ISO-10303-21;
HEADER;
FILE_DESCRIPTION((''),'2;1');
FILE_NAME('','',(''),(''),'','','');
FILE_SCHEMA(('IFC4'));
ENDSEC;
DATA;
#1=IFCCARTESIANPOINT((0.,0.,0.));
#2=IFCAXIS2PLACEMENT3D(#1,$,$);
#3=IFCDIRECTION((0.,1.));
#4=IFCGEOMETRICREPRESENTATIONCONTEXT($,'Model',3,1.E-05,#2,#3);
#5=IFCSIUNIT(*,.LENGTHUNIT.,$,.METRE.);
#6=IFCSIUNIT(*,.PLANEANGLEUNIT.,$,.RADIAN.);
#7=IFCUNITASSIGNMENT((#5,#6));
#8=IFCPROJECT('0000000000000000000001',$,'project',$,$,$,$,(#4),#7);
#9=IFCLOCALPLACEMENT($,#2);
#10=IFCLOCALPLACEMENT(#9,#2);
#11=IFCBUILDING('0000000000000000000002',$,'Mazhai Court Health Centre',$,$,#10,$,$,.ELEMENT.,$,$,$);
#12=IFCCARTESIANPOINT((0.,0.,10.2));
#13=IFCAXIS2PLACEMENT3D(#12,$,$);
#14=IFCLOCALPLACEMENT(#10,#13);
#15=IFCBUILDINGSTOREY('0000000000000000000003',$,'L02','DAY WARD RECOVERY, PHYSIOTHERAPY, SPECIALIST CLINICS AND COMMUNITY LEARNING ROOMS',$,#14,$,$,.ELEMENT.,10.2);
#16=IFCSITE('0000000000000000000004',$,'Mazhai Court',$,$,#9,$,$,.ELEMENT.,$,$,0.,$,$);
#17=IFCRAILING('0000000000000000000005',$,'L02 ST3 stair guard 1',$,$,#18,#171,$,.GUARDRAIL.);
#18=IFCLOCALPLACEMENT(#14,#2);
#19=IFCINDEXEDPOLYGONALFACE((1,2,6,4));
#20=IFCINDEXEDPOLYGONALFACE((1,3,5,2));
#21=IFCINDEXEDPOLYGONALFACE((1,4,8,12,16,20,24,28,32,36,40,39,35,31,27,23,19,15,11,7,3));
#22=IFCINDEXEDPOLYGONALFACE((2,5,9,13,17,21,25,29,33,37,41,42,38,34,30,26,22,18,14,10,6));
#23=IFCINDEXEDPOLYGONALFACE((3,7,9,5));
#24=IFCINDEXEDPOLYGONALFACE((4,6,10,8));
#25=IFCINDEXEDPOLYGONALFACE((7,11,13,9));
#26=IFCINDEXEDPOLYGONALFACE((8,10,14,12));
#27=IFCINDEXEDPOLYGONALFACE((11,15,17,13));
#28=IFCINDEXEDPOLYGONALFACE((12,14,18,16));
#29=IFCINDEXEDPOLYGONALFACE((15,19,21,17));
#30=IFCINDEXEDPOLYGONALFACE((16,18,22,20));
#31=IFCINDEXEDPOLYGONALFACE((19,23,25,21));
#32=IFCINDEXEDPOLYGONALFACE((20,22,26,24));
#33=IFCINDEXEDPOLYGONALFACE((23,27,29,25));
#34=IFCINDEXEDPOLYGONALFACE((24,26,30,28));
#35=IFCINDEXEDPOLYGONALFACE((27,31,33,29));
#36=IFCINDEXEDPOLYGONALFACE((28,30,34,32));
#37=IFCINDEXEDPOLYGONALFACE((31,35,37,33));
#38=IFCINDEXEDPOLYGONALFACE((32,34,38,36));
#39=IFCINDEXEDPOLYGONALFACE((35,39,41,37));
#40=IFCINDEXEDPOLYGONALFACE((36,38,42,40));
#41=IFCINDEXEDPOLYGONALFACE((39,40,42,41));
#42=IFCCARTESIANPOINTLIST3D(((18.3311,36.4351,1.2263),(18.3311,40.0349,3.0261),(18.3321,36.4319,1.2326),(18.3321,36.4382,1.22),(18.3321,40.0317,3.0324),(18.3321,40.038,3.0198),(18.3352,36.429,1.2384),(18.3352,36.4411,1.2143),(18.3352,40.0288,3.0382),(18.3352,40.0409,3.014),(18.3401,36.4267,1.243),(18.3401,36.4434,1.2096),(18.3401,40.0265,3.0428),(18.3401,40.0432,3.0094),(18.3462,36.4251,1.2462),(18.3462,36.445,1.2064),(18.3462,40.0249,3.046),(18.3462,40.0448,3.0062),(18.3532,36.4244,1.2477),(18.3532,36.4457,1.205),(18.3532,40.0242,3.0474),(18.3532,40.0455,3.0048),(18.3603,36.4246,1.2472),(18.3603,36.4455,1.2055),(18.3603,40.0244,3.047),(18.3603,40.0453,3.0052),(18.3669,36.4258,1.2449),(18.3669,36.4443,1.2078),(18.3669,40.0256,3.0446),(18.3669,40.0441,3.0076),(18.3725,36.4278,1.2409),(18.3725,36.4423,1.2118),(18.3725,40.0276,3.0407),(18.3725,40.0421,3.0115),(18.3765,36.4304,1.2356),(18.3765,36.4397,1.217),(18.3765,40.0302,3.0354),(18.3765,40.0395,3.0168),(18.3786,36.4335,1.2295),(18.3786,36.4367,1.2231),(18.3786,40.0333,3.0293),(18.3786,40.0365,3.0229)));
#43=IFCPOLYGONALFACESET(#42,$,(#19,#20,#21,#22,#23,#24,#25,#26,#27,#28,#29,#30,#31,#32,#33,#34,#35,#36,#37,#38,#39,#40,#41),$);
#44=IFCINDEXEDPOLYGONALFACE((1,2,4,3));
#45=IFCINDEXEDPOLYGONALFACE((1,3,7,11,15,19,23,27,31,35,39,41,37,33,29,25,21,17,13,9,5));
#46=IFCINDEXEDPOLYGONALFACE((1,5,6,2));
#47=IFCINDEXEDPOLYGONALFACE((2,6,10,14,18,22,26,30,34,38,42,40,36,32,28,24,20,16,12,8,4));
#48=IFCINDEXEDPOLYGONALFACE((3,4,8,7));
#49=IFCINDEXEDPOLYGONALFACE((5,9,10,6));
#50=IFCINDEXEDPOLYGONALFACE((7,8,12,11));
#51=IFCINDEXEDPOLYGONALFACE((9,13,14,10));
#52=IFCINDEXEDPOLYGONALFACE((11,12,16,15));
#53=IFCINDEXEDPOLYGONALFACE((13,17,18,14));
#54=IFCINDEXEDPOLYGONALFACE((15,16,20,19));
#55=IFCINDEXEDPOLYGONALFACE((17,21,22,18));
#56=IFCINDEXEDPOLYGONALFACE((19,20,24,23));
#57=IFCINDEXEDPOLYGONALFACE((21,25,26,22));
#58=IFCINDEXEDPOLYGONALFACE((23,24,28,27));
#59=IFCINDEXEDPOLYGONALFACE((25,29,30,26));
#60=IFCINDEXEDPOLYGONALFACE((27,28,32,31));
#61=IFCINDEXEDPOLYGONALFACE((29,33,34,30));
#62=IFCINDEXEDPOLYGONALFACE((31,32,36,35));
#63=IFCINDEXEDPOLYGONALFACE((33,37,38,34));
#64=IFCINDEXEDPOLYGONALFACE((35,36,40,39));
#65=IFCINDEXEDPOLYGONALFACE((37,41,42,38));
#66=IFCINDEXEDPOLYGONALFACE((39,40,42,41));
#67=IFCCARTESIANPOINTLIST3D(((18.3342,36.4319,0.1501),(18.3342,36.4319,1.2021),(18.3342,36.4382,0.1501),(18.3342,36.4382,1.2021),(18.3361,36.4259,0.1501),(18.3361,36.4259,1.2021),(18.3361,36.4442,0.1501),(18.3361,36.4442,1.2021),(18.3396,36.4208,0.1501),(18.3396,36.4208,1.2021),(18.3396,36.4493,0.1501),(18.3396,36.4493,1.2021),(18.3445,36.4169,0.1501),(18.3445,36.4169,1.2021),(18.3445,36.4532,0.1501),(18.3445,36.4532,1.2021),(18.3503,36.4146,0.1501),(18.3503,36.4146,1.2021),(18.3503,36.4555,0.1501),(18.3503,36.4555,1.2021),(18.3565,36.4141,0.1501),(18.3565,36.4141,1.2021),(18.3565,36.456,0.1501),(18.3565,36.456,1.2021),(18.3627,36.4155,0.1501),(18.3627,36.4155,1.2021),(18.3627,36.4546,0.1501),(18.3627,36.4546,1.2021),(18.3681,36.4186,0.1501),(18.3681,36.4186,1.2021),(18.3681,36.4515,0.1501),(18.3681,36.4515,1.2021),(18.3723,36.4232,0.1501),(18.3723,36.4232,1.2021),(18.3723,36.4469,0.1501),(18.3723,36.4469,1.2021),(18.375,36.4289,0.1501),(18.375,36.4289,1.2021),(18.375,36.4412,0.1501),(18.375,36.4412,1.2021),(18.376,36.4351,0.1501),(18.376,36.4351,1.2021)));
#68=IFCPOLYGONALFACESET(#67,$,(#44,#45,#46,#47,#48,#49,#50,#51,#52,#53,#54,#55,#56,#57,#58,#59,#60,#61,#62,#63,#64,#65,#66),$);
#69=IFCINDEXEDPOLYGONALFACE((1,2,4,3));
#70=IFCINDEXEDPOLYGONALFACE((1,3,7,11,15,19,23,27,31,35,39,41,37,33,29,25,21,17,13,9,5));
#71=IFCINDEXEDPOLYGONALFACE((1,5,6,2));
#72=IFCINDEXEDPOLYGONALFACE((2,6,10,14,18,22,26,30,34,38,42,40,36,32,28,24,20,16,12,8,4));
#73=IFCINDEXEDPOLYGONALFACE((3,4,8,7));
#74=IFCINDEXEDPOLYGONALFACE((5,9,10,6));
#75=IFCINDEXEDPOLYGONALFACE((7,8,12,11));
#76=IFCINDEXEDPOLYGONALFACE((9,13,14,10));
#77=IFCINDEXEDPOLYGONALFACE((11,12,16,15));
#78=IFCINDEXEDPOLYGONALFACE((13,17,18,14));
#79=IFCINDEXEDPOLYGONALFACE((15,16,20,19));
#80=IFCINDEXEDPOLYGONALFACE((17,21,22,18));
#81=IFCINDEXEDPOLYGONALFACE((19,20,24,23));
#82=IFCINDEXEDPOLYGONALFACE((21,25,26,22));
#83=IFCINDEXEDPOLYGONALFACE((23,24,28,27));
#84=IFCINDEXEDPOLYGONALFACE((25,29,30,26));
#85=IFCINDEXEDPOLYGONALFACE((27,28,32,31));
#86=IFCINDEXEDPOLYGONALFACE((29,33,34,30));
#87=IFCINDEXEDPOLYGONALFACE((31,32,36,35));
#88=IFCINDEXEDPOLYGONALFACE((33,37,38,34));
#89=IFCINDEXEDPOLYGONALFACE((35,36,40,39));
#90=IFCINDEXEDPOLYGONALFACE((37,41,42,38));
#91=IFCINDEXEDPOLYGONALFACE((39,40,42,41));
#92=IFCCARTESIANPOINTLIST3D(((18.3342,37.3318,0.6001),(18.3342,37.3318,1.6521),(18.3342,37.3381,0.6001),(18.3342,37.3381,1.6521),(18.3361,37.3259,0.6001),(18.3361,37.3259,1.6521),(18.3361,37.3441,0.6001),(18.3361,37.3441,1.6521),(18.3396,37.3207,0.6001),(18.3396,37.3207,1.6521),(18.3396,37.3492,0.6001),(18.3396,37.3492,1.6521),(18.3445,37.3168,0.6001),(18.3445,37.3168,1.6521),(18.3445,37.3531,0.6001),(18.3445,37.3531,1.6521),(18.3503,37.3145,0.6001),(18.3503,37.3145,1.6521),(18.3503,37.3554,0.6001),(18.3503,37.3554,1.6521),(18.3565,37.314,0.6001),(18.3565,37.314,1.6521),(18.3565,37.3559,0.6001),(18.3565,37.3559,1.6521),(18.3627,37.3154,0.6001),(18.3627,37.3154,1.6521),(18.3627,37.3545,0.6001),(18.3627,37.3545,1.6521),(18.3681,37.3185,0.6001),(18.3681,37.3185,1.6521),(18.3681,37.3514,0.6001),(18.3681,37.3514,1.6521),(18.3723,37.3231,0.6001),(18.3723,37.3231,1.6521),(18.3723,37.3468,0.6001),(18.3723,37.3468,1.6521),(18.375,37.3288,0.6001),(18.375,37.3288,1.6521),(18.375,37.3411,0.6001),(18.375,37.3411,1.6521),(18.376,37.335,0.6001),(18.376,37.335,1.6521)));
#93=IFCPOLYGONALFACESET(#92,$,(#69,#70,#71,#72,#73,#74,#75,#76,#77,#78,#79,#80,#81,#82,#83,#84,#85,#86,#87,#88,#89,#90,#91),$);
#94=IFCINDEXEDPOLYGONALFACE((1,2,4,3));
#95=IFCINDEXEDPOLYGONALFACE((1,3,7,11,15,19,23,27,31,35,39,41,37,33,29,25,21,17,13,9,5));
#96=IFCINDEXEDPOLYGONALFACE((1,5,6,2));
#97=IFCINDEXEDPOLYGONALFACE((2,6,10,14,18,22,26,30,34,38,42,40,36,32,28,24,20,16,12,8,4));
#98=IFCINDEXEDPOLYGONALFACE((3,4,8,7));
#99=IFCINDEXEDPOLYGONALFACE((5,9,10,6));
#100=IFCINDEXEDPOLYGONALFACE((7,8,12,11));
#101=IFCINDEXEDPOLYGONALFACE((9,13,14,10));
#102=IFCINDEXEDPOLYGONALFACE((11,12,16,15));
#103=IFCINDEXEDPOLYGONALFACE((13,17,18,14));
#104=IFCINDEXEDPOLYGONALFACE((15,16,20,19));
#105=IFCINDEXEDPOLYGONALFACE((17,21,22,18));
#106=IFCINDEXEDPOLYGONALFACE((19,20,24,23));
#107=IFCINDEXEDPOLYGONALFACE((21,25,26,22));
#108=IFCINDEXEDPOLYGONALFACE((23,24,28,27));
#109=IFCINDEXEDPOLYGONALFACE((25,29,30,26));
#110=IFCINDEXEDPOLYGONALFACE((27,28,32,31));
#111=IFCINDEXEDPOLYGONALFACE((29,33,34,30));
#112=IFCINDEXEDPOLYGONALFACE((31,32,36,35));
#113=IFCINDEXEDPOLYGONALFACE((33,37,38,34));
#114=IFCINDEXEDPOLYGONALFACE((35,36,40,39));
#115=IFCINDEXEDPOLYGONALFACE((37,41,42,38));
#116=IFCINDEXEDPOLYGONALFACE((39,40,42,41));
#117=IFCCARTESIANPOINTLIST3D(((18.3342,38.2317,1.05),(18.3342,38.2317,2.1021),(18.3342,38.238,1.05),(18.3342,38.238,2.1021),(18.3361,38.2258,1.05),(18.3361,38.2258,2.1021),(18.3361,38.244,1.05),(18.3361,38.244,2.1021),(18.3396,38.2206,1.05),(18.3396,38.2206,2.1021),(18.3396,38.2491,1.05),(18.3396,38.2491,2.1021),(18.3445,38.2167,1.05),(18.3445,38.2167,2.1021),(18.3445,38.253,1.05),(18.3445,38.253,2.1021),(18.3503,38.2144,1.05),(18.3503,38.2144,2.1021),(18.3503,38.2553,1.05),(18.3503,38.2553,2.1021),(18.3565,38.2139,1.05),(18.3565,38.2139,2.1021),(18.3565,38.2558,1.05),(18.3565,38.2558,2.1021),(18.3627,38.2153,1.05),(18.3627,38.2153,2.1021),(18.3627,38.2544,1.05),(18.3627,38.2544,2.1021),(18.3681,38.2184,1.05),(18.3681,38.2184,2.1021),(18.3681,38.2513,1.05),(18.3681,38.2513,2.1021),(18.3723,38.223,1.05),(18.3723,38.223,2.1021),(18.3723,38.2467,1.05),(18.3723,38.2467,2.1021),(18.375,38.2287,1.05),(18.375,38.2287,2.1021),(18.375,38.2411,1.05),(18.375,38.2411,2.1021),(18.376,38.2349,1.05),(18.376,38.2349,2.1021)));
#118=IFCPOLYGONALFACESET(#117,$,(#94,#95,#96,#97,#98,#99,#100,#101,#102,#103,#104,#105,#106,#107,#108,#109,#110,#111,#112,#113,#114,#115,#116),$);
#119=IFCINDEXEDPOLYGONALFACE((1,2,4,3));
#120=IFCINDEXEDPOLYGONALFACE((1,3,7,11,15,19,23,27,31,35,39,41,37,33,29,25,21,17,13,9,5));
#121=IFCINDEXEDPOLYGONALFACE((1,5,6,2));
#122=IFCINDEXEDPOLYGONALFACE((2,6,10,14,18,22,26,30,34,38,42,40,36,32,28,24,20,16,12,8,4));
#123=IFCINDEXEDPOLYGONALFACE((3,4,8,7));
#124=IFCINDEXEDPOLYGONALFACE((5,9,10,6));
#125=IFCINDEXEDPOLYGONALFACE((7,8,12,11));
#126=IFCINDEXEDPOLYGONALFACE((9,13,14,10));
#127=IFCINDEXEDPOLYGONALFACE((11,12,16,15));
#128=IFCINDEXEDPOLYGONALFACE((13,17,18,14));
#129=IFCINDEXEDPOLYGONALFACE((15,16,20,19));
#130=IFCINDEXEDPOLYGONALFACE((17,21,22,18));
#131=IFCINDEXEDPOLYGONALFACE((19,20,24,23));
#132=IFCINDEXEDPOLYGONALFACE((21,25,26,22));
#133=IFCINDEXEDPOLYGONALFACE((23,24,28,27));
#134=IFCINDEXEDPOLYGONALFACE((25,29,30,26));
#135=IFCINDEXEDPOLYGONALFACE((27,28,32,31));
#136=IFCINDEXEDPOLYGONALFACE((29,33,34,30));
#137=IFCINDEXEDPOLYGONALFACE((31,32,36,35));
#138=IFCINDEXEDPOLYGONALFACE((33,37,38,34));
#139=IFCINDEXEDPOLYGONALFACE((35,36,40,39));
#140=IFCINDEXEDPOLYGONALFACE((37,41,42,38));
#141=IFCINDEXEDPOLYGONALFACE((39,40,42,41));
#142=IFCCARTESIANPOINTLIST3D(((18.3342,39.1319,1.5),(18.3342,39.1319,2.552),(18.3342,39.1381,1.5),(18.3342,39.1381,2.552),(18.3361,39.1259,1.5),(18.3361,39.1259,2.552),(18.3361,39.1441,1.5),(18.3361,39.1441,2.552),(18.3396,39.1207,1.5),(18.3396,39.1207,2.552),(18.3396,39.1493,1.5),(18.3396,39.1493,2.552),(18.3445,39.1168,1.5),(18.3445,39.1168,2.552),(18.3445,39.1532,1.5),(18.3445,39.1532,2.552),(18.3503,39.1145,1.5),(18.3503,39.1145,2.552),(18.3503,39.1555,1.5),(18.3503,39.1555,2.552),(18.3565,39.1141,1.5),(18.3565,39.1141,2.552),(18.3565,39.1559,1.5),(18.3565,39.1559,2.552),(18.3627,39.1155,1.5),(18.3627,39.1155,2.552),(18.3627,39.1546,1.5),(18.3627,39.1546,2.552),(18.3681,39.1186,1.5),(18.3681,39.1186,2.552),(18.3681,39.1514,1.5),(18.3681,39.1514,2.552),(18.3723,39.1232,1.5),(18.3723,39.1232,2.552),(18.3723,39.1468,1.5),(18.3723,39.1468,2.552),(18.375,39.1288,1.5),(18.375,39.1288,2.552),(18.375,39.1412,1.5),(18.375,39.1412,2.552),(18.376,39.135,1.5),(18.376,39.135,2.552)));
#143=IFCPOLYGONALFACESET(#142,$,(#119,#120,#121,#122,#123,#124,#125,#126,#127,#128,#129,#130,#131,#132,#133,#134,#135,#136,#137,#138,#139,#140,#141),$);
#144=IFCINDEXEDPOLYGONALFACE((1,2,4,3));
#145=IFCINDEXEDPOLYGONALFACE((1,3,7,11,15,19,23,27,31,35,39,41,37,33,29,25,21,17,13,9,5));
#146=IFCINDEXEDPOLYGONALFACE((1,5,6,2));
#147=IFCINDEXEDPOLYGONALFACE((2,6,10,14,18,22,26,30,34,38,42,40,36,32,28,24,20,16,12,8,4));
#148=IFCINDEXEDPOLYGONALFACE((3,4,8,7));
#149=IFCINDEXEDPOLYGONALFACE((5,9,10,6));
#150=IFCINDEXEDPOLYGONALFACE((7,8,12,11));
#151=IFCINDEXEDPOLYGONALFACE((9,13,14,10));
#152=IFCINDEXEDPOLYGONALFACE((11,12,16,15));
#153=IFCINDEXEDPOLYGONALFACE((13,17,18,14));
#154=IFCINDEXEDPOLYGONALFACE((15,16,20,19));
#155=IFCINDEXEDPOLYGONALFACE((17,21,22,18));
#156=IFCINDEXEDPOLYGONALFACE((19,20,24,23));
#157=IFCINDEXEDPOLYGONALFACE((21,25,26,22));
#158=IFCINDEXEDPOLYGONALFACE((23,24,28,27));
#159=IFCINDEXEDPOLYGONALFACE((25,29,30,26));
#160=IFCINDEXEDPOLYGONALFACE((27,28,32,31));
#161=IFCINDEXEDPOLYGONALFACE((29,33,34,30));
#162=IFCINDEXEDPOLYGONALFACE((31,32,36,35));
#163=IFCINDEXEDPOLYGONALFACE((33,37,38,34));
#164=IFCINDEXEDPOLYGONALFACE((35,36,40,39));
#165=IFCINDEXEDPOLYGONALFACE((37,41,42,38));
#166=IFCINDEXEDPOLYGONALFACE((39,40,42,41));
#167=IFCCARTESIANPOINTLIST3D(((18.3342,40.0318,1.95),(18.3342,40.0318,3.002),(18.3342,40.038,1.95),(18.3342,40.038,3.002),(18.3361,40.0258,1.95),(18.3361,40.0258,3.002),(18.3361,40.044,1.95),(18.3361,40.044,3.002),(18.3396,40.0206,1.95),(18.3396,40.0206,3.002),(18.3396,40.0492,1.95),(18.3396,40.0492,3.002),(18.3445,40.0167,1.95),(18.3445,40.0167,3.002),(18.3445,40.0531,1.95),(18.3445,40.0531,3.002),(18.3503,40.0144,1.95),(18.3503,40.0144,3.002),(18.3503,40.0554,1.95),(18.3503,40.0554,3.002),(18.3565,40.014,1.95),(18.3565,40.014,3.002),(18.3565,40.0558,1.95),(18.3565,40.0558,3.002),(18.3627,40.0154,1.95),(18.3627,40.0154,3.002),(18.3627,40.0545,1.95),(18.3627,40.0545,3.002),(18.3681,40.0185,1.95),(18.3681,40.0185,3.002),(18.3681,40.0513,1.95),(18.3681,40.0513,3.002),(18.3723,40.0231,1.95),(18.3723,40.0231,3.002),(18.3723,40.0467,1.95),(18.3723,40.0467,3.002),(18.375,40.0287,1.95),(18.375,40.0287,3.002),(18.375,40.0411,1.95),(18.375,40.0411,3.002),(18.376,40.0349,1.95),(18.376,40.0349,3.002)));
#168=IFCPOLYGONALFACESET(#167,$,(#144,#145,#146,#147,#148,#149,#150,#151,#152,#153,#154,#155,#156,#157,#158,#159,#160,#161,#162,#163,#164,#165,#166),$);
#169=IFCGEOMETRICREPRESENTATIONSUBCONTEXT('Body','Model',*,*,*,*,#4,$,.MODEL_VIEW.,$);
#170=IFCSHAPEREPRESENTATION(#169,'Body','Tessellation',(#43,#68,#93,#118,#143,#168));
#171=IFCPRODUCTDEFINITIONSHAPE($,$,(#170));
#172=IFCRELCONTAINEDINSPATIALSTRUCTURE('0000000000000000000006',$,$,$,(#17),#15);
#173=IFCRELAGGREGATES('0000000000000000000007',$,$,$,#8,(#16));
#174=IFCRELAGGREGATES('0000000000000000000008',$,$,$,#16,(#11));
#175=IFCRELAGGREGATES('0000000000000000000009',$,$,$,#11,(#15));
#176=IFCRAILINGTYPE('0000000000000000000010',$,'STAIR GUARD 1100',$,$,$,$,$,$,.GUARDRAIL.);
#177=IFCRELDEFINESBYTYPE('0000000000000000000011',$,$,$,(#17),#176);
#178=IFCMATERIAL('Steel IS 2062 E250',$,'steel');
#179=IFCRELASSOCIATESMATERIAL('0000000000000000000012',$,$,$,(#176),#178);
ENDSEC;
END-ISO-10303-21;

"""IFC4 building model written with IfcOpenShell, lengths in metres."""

from ifc_helpers import new_model, si_unit, direction, frame, origin, origin_2d, place, context, subcontext, project, spatial, circle, extrude, material, type_object, element, save


model = new_model("IFC4")

# Units and contexts
model_context = context("Model", 3, precision=1e-05, world=origin(), true_north=direction((0.0, 1.0)))
body_context = subcontext(model_context, "Body", "Model", "MODEL_VIEW")
ifc_project = project(units=[si_unit("LENGTHUNIT", "METRE"), si_unit("PLANEANGLEUNIT", "RADIAN")], contexts=[model_context])

# Site, building, storey
site_placement = place(None, origin())
site = spatial("IfcSite", under=ifc_project, at=site_placement, Name="Mazhai Court", CompositionType="ELEMENT", RefElevation=0.0)
building_placement = place(site_placement, origin())
building = spatial("IfcBuilding", under=site, at=building_placement, Name="Mazhai Court Health Centre", CompositionType="ELEMENT")
storey_placement = place(building_placement, frame((0.0, 0.0, 10.2)))
storey = spatial("IfcBuildingStorey", under=building, at=storey_placement, Name="L02", Description="DAY WARD RECOVERY, PHYSIOTHERAPY, SPECIALIST CLINICS AND COMMUNITY LEARNING ROOMS", CompositionType="ELEMENT", Elevation=10.2)

# Railing
ifc_material_1 = material(Name="Steel IS 2062 E250", Category="steel")
railing_type_1 = type_object("IfcRailingType", Name="STAIR GUARD 1100", PredefinedType="GUARDRAIL", material=ifc_material_1)
railing_1_placement = place(storey_placement, frame((18.355, 36.4351, 0.1501)))
element("IfcRailing", 1, at=railing_1_placement, inside=storey, type_object=railing_type_1, Name="L02 ST3 stair guard 1", PredefinedType="GUARDRAIL", context=body_context, shape_type="SweptSolid", body=[
    extrude(circle(Radius=0.0239, at=origin_2d()), frame((0.0, 0.0, 1.0762), z_axis=(0.0, 0.894439, 0.447189), x_axis=(-1.0, 0.0, 0.0)), (0.0, 0.0, 1.0), 4.0247),
    extrude(circle(Radius=0.021, at=origin_2d()), origin(), (0.0, 0.0, 1.0), 1.052),
    extrude(circle(Radius=0.021, at=origin_2d()), frame((0.0, 0.8999, 0.45)), (0.0, 0.0, 1.0), 1.052),
    extrude(circle(Radius=0.021, at=origin_2d()), frame((0.0, 1.7998, 0.8999)), (0.0, 0.0, 1.0), 1.052),
    extrude(circle(Radius=0.021, at=origin_2d()), frame((0.0, 2.7, 1.3499)), (0.0, 0.0, 1.0), 1.052),
    extrude(circle(Radius=0.021, at=origin_2d()), frame((0.0, 3.5999, 1.7998)), (0.0, 0.0, 1.0), 1.052),
])

save(model, "model.ifc")
